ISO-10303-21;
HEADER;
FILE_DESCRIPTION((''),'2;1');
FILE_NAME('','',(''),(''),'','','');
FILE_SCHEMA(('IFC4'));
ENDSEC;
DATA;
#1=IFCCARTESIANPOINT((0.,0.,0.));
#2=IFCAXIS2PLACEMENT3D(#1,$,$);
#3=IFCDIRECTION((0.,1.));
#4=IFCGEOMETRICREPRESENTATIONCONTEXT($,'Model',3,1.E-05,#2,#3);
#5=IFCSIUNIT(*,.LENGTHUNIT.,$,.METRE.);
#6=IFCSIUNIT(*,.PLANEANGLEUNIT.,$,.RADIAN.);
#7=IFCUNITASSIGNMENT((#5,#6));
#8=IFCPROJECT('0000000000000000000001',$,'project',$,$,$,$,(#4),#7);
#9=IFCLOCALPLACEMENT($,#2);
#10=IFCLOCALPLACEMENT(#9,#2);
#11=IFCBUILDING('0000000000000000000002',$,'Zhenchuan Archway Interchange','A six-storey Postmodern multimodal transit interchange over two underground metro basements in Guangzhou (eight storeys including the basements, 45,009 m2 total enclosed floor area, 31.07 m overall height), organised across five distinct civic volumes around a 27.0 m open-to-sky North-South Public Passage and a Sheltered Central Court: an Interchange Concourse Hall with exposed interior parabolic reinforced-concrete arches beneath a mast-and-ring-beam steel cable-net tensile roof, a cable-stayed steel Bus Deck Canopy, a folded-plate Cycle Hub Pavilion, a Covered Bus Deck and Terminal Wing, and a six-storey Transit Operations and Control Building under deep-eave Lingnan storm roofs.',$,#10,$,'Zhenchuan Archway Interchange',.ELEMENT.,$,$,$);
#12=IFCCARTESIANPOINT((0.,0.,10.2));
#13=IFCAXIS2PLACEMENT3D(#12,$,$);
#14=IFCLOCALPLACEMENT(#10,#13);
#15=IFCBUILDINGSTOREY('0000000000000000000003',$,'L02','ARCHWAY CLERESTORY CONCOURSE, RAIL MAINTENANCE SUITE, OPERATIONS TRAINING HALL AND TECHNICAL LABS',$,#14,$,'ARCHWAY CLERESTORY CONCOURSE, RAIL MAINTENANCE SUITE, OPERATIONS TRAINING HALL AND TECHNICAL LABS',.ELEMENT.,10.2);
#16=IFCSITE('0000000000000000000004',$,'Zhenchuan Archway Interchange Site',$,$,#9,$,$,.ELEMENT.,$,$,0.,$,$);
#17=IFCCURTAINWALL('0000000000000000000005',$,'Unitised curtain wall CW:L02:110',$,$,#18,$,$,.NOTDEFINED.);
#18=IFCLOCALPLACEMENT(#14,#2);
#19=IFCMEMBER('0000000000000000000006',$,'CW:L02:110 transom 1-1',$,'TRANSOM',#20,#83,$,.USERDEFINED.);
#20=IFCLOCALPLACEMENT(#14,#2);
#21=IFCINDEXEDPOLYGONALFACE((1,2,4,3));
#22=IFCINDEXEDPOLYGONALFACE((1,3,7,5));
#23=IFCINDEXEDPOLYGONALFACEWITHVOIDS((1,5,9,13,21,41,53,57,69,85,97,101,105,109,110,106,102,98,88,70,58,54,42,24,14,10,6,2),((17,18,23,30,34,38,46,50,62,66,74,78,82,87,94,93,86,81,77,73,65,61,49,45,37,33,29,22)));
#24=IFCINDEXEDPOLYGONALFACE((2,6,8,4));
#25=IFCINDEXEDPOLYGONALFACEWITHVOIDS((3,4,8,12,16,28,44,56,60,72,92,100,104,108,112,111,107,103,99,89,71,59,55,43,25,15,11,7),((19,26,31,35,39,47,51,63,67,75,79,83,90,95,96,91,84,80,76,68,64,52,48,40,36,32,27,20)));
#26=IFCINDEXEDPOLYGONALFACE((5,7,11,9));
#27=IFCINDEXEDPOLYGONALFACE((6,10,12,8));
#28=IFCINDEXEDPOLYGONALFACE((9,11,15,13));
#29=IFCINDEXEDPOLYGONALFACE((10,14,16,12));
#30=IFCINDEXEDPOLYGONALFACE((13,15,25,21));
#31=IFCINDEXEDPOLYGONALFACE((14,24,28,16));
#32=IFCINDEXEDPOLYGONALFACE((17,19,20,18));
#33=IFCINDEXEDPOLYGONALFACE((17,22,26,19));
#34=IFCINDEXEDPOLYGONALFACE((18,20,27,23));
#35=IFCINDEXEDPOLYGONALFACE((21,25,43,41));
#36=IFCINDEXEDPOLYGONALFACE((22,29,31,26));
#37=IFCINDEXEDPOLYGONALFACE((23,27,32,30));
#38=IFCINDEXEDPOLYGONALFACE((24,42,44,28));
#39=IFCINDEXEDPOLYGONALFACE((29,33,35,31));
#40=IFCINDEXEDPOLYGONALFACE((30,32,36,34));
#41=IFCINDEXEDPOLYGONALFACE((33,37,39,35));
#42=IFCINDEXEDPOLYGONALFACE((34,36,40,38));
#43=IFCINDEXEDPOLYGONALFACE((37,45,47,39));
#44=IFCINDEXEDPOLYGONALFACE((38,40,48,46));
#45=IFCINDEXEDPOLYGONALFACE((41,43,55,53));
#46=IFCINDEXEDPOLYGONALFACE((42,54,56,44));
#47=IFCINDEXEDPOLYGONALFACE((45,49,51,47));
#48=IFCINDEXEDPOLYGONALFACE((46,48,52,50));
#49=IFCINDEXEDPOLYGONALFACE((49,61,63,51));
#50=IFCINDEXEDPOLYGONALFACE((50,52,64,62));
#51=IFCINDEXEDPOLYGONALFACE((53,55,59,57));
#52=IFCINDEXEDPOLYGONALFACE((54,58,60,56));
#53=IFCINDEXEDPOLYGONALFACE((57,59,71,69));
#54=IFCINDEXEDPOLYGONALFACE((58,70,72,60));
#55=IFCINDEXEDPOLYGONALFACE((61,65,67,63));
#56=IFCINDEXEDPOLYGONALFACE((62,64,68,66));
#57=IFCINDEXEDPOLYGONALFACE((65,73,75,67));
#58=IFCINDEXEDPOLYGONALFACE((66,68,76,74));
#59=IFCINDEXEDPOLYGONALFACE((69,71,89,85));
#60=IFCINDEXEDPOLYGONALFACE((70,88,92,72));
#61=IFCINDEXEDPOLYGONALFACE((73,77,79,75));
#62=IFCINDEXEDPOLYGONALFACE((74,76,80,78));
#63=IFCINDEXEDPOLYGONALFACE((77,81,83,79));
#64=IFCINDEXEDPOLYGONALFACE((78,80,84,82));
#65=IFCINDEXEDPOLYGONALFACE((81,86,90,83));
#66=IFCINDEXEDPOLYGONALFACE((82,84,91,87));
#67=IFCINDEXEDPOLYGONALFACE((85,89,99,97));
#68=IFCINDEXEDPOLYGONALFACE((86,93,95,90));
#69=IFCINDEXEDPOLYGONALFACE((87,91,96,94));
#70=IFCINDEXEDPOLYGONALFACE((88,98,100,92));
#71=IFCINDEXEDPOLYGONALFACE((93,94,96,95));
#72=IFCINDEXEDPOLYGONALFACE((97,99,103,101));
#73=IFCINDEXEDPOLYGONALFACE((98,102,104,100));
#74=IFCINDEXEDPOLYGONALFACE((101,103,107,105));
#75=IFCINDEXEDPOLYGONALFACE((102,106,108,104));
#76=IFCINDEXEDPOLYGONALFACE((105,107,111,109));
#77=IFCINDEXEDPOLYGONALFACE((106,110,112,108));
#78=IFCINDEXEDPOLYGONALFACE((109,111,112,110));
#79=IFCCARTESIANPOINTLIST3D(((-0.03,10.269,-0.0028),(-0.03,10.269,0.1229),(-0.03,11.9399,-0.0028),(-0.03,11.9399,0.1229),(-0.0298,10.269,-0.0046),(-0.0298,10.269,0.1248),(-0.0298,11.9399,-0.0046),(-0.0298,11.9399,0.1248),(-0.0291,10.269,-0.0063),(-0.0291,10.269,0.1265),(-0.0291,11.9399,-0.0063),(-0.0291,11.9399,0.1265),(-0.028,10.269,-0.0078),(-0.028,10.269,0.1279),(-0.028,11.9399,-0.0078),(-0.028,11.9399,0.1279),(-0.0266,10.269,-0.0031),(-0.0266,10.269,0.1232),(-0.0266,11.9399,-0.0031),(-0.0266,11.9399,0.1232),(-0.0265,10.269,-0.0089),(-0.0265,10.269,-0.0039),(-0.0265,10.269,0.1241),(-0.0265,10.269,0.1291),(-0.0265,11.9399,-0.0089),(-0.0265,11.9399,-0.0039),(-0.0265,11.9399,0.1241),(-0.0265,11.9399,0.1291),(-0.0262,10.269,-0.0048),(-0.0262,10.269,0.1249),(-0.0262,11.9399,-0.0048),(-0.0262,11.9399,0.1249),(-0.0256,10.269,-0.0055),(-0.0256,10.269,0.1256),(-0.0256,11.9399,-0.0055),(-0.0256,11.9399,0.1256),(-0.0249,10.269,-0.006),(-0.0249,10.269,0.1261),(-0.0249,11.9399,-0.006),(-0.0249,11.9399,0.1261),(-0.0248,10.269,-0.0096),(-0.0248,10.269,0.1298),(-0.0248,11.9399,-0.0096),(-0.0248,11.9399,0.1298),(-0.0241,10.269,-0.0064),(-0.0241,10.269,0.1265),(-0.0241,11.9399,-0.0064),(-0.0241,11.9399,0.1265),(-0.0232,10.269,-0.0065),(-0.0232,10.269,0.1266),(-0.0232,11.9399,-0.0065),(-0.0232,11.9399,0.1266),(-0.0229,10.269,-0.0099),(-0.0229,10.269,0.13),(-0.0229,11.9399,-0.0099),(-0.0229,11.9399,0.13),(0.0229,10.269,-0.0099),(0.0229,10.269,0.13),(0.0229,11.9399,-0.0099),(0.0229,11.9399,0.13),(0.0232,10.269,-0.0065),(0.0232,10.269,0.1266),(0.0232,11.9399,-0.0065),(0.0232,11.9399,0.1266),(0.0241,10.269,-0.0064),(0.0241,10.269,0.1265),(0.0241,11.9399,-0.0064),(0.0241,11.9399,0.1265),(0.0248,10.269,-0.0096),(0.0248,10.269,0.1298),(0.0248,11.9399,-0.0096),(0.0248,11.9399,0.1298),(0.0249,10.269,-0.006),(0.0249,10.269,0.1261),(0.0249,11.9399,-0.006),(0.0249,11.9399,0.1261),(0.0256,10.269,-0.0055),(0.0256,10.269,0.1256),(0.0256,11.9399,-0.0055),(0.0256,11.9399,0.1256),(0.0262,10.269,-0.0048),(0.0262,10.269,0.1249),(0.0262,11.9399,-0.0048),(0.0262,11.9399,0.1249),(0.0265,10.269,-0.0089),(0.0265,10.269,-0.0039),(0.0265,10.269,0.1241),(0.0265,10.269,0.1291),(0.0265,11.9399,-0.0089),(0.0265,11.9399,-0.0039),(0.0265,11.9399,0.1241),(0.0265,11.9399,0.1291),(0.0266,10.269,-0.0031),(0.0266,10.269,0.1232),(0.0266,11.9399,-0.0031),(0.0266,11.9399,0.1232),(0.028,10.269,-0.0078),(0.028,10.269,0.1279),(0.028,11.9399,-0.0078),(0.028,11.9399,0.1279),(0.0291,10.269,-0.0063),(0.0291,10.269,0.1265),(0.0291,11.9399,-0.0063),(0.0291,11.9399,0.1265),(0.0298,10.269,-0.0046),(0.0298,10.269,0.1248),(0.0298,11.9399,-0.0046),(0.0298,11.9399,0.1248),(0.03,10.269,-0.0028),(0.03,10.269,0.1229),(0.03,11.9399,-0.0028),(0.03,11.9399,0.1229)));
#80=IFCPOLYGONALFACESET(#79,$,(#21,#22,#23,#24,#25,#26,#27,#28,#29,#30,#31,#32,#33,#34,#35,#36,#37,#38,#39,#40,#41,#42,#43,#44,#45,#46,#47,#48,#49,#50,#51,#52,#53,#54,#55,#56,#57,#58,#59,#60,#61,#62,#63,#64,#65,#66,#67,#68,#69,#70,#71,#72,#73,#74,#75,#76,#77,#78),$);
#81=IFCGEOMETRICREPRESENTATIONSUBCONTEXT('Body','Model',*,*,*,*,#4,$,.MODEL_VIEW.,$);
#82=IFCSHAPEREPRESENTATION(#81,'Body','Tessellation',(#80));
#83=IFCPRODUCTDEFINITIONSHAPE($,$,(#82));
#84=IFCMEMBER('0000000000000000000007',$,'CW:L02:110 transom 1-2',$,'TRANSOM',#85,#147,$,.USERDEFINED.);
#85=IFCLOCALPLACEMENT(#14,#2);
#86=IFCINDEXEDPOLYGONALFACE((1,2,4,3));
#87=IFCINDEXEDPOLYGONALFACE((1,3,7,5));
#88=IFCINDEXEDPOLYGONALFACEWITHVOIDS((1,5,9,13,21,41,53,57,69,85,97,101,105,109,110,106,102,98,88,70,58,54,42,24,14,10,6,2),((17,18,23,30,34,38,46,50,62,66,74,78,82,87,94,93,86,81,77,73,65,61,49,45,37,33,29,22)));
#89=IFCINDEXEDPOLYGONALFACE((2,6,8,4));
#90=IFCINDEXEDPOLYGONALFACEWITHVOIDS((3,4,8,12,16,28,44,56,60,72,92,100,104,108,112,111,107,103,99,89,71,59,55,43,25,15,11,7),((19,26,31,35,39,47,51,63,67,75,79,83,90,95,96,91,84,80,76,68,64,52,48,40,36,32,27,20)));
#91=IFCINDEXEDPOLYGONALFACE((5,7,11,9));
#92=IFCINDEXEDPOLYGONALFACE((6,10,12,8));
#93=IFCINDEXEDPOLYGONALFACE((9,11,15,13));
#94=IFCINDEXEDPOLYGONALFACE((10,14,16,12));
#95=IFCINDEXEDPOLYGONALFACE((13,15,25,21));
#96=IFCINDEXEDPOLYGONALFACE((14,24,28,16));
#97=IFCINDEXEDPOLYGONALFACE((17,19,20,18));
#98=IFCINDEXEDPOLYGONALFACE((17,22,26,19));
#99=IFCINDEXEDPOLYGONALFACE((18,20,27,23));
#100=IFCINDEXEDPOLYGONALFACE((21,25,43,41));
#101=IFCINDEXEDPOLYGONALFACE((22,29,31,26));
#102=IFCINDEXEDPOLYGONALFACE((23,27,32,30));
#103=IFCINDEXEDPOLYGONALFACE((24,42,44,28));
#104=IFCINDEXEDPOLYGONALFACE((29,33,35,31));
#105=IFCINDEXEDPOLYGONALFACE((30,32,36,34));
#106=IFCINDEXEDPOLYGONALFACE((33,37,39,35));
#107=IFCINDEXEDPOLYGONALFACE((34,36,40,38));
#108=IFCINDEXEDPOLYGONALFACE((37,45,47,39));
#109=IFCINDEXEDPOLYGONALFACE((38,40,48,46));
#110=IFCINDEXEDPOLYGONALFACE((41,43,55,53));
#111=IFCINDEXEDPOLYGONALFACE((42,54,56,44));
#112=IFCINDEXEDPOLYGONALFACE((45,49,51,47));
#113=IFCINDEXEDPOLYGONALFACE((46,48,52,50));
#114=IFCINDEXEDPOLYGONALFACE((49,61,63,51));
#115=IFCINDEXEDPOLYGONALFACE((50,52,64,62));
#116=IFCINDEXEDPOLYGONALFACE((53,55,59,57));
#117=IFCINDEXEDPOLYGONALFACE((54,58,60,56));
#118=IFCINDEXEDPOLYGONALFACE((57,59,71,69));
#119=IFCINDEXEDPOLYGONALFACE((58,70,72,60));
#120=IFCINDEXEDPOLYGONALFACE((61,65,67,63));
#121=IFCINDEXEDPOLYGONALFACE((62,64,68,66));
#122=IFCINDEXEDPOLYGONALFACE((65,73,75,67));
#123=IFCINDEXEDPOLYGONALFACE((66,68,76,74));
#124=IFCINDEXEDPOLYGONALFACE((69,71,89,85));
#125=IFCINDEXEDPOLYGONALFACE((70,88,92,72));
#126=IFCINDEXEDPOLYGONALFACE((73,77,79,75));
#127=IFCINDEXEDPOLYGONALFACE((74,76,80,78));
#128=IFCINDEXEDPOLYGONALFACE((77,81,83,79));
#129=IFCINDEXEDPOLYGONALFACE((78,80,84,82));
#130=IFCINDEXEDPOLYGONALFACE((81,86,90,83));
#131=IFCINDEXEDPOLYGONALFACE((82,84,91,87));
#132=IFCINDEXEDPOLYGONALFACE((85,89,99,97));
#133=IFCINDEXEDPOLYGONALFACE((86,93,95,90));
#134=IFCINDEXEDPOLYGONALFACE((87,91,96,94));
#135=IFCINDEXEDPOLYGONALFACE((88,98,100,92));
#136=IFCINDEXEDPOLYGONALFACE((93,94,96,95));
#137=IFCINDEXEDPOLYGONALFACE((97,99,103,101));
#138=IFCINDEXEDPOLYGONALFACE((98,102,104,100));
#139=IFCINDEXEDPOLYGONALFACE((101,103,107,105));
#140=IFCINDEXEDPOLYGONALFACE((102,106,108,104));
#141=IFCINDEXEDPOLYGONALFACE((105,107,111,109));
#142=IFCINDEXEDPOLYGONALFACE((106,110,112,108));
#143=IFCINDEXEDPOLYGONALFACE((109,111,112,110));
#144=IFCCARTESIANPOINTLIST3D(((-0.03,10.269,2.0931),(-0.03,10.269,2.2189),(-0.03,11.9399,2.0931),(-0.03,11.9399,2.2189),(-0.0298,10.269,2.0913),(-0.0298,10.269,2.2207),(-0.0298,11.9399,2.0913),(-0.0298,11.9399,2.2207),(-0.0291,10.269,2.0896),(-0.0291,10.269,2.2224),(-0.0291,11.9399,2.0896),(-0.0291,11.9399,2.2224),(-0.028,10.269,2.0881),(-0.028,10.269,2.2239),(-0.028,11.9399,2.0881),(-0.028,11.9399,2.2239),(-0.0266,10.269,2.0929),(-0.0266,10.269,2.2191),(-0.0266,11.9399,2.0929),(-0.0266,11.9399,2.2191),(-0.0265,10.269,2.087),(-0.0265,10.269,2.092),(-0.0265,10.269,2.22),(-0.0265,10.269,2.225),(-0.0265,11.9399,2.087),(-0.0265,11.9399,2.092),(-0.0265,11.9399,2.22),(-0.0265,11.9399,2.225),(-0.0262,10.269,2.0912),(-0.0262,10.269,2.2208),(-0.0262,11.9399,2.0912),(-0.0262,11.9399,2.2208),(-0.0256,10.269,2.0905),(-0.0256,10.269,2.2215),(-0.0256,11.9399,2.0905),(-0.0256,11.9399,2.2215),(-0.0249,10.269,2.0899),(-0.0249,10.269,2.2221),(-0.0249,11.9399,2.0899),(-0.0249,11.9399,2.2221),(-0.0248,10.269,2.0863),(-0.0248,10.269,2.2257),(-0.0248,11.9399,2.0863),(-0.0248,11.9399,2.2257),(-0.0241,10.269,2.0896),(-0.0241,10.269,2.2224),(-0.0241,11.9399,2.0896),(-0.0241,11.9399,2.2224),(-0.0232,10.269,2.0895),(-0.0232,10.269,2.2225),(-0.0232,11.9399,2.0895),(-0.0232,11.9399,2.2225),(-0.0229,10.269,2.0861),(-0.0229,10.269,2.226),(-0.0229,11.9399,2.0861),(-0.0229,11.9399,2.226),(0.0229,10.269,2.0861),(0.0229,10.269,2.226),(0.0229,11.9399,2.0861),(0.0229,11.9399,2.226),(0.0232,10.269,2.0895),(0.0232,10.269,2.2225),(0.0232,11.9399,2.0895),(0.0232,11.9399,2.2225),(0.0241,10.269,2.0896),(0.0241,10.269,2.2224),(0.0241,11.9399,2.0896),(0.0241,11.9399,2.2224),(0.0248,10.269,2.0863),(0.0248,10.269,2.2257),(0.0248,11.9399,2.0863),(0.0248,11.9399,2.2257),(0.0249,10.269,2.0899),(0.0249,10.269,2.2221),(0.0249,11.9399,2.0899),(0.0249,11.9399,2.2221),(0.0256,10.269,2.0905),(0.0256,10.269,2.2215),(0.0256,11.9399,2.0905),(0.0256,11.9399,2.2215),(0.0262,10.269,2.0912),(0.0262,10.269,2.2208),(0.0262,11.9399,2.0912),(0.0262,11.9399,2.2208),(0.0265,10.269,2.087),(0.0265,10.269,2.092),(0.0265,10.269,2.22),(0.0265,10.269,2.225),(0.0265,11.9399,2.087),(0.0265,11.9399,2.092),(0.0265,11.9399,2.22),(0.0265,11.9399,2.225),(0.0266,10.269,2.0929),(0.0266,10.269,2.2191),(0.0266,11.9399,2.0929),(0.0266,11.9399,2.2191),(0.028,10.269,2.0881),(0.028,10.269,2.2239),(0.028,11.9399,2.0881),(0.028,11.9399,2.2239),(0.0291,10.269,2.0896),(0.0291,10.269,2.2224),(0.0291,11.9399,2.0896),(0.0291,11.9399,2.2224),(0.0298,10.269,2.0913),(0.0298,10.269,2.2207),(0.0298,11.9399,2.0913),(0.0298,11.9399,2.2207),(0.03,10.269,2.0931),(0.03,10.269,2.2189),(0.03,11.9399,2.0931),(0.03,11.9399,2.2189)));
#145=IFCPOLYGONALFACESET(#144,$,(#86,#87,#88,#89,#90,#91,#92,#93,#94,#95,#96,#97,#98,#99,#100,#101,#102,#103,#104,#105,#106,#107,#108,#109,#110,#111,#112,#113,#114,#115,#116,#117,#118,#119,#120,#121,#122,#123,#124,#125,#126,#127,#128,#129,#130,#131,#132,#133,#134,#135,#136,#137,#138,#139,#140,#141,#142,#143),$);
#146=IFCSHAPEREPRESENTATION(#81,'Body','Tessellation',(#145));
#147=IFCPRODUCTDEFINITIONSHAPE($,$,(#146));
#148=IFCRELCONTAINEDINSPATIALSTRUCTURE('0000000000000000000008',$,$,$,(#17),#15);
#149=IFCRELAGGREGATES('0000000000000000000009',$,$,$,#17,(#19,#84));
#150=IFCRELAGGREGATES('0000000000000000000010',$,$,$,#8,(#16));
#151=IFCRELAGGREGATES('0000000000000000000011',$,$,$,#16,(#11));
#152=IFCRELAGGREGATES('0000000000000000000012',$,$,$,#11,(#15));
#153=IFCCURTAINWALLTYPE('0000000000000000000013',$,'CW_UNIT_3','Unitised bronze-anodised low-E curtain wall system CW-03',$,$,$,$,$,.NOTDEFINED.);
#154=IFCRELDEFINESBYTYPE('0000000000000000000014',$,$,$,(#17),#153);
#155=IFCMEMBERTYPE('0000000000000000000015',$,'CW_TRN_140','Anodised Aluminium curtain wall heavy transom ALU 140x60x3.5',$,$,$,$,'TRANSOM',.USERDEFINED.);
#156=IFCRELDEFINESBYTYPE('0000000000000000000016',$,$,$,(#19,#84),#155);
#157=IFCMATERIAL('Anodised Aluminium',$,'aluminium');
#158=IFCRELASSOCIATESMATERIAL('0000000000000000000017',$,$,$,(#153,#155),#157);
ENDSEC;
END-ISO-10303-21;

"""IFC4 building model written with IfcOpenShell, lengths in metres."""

from ifc_helpers import new_model, si_unit, direction, frame, origin, origin_2d, place, context, subcontext, project, spatial, hollow_rectangle, extrude, material, material_profile, profile_set, type_object, element, aggregate, save


model = new_model("IFC4")

# Units and contexts
model_context = context("Model", 3, precision=1e-05, world=origin(), true_north=direction((0.0, 1.0)))
body_context = subcontext(model_context, "Body", "Model", "MODEL_VIEW")
ifc_project = project(units=[si_unit("LENGTHUNIT", "METRE"), si_unit("PLANEANGLEUNIT", "RADIAN")], contexts=[model_context])

# Site, building, storey
site_placement = place(None, origin())
site = spatial("IfcSite", under=ifc_project, at=site_placement, Name="Zhenchuan Archway Interchange Site", CompositionType="ELEMENT", RefElevation=0.0)
building_placement = place(site_placement, origin())
building = spatial("IfcBuilding", under=site, at=building_placement, Name="Zhenchuan Archway Interchange", Description="A six-storey Postmodern multimodal transit interchange over two underground metro basements in Guangzhou (eight storeys including the basements, 45,009 m2 total enclosed floor area, 31.07 m overall height), organised across five distinct civic volumes around a 27.0 m open-to-sky North-South Public Passage and a Sheltered Central Court: an Interchange Concourse Hall with exposed interior parabolic reinforced-concrete arches beneath a mast-and-ring-beam steel cable-net tensile roof, a cable-stayed steel Bus Deck Canopy, a folded-plate Cycle Hub Pavilion, a Covered Bus Deck and Terminal Wing, and a six-storey Transit Operations and Control Building under deep-eave Lingnan storm roofs.", LongName="Zhenchuan Archway Interchange", CompositionType="ELEMENT")
storey_placement = place(building_placement, frame((0.0, 0.0, 10.2)))
storey = spatial("IfcBuildingStorey", under=building, at=storey_placement, Name="L02", Description="ARCHWAY CLERESTORY CONCOURSE, RAIL MAINTENANCE SUITE, OPERATIONS TRAINING HALL AND TECHNICAL LABS", LongName="ARCHWAY CLERESTORY CONCOURSE, RAIL MAINTENANCE SUITE, OPERATIONS TRAINING HALL AND TECHNICAL LABS", CompositionType="ELEMENT", Elevation=10.2)

# Curtain wall, members
ifc_material_1 = material(Name="Anodised Aluminium", Category="aluminium")
curtain_wall_type = type_object("IfcCurtainWallType", Name="CW_UNIT_3", Description="Unitised bronze-anodised low-E curtain wall system CW-03", PredefinedType="NOTDEFINED", material=ifc_material_1)
curtain_wall_placement = place(storey_placement, origin())
curtain_wall = element("IfcCurtainWall", 1, at=curtain_wall_placement, inside=storey, type_object=curtain_wall_type, Name="Unitised curtain wall CW:L02:110", PredefinedType="NOTDEFINED")
ifc_material_profile_1 = material_profile(ifc_material_1, hollow_rectangle(XDim=0.0601, YDim=0.1399, WallThickness=0.0034, InnerFilletRadius=0.0034, OuterFilletRadius=0.0071, at=origin_2d()), Name="ALU 140x60x3.5")
ifc_profile_set_1 = profile_set([ifc_material_profile_1], Name="Anodised Aluminium")
member_type_1 = type_object("IfcMemberType", Name="CW_TRN_140", Description="Anodised Aluminium curtain wall heavy transom ALU 140x60x3.5", ElementType="TRANSOM", PredefinedType="USERDEFINED", material=ifc_profile_set_1)
member_1_placement = place(storey_placement, frame((0.0, 10.269, 0.0601), z_axis=(0.0, 1.0, 0.0), x_axis=(-1.0, 0.0, 0.0)))
member_1 = element("IfcMember", 2, at=member_1_placement, type_object=member_type_1, Name="CW:L02:110 transom 1-1", ObjectType="TRANSOM", PredefinedType="USERDEFINED", context=body_context, shape_type="SweptSolid", body=[
    extrude(hollow_rectangle(XDim=0.0601, YDim=0.1399, WallThickness=0.0034, InnerFilletRadius=0.0034, OuterFilletRadius=0.0071, at=origin_2d()), origin(), (0.0, 0.0, 1.0), 1.6709),
])
member_2_placement = place(storey_placement, frame((0.0, 10.269, 2.156), z_axis=(0.0, 1.0, 0.0), x_axis=(-1.0, 0.0, 0.0)))
member_2 = element("IfcMember", 3, at=member_2_placement, type_object=member_type_1, Name="CW:L02:110 transom 1-2", ObjectType="TRANSOM", PredefinedType="USERDEFINED", context=body_context, shape_type="SweptSolid", body=[
    extrude(hollow_rectangle(XDim=0.0601, YDim=0.1399, WallThickness=0.0034, InnerFilletRadius=0.0034, OuterFilletRadius=0.0071, at=origin_2d()), origin(), (0.0, 0.0, 1.0), 1.6709),
])

aggregate(curtain_wall, [member_1, member_2])

save(model, "model.ifc")
